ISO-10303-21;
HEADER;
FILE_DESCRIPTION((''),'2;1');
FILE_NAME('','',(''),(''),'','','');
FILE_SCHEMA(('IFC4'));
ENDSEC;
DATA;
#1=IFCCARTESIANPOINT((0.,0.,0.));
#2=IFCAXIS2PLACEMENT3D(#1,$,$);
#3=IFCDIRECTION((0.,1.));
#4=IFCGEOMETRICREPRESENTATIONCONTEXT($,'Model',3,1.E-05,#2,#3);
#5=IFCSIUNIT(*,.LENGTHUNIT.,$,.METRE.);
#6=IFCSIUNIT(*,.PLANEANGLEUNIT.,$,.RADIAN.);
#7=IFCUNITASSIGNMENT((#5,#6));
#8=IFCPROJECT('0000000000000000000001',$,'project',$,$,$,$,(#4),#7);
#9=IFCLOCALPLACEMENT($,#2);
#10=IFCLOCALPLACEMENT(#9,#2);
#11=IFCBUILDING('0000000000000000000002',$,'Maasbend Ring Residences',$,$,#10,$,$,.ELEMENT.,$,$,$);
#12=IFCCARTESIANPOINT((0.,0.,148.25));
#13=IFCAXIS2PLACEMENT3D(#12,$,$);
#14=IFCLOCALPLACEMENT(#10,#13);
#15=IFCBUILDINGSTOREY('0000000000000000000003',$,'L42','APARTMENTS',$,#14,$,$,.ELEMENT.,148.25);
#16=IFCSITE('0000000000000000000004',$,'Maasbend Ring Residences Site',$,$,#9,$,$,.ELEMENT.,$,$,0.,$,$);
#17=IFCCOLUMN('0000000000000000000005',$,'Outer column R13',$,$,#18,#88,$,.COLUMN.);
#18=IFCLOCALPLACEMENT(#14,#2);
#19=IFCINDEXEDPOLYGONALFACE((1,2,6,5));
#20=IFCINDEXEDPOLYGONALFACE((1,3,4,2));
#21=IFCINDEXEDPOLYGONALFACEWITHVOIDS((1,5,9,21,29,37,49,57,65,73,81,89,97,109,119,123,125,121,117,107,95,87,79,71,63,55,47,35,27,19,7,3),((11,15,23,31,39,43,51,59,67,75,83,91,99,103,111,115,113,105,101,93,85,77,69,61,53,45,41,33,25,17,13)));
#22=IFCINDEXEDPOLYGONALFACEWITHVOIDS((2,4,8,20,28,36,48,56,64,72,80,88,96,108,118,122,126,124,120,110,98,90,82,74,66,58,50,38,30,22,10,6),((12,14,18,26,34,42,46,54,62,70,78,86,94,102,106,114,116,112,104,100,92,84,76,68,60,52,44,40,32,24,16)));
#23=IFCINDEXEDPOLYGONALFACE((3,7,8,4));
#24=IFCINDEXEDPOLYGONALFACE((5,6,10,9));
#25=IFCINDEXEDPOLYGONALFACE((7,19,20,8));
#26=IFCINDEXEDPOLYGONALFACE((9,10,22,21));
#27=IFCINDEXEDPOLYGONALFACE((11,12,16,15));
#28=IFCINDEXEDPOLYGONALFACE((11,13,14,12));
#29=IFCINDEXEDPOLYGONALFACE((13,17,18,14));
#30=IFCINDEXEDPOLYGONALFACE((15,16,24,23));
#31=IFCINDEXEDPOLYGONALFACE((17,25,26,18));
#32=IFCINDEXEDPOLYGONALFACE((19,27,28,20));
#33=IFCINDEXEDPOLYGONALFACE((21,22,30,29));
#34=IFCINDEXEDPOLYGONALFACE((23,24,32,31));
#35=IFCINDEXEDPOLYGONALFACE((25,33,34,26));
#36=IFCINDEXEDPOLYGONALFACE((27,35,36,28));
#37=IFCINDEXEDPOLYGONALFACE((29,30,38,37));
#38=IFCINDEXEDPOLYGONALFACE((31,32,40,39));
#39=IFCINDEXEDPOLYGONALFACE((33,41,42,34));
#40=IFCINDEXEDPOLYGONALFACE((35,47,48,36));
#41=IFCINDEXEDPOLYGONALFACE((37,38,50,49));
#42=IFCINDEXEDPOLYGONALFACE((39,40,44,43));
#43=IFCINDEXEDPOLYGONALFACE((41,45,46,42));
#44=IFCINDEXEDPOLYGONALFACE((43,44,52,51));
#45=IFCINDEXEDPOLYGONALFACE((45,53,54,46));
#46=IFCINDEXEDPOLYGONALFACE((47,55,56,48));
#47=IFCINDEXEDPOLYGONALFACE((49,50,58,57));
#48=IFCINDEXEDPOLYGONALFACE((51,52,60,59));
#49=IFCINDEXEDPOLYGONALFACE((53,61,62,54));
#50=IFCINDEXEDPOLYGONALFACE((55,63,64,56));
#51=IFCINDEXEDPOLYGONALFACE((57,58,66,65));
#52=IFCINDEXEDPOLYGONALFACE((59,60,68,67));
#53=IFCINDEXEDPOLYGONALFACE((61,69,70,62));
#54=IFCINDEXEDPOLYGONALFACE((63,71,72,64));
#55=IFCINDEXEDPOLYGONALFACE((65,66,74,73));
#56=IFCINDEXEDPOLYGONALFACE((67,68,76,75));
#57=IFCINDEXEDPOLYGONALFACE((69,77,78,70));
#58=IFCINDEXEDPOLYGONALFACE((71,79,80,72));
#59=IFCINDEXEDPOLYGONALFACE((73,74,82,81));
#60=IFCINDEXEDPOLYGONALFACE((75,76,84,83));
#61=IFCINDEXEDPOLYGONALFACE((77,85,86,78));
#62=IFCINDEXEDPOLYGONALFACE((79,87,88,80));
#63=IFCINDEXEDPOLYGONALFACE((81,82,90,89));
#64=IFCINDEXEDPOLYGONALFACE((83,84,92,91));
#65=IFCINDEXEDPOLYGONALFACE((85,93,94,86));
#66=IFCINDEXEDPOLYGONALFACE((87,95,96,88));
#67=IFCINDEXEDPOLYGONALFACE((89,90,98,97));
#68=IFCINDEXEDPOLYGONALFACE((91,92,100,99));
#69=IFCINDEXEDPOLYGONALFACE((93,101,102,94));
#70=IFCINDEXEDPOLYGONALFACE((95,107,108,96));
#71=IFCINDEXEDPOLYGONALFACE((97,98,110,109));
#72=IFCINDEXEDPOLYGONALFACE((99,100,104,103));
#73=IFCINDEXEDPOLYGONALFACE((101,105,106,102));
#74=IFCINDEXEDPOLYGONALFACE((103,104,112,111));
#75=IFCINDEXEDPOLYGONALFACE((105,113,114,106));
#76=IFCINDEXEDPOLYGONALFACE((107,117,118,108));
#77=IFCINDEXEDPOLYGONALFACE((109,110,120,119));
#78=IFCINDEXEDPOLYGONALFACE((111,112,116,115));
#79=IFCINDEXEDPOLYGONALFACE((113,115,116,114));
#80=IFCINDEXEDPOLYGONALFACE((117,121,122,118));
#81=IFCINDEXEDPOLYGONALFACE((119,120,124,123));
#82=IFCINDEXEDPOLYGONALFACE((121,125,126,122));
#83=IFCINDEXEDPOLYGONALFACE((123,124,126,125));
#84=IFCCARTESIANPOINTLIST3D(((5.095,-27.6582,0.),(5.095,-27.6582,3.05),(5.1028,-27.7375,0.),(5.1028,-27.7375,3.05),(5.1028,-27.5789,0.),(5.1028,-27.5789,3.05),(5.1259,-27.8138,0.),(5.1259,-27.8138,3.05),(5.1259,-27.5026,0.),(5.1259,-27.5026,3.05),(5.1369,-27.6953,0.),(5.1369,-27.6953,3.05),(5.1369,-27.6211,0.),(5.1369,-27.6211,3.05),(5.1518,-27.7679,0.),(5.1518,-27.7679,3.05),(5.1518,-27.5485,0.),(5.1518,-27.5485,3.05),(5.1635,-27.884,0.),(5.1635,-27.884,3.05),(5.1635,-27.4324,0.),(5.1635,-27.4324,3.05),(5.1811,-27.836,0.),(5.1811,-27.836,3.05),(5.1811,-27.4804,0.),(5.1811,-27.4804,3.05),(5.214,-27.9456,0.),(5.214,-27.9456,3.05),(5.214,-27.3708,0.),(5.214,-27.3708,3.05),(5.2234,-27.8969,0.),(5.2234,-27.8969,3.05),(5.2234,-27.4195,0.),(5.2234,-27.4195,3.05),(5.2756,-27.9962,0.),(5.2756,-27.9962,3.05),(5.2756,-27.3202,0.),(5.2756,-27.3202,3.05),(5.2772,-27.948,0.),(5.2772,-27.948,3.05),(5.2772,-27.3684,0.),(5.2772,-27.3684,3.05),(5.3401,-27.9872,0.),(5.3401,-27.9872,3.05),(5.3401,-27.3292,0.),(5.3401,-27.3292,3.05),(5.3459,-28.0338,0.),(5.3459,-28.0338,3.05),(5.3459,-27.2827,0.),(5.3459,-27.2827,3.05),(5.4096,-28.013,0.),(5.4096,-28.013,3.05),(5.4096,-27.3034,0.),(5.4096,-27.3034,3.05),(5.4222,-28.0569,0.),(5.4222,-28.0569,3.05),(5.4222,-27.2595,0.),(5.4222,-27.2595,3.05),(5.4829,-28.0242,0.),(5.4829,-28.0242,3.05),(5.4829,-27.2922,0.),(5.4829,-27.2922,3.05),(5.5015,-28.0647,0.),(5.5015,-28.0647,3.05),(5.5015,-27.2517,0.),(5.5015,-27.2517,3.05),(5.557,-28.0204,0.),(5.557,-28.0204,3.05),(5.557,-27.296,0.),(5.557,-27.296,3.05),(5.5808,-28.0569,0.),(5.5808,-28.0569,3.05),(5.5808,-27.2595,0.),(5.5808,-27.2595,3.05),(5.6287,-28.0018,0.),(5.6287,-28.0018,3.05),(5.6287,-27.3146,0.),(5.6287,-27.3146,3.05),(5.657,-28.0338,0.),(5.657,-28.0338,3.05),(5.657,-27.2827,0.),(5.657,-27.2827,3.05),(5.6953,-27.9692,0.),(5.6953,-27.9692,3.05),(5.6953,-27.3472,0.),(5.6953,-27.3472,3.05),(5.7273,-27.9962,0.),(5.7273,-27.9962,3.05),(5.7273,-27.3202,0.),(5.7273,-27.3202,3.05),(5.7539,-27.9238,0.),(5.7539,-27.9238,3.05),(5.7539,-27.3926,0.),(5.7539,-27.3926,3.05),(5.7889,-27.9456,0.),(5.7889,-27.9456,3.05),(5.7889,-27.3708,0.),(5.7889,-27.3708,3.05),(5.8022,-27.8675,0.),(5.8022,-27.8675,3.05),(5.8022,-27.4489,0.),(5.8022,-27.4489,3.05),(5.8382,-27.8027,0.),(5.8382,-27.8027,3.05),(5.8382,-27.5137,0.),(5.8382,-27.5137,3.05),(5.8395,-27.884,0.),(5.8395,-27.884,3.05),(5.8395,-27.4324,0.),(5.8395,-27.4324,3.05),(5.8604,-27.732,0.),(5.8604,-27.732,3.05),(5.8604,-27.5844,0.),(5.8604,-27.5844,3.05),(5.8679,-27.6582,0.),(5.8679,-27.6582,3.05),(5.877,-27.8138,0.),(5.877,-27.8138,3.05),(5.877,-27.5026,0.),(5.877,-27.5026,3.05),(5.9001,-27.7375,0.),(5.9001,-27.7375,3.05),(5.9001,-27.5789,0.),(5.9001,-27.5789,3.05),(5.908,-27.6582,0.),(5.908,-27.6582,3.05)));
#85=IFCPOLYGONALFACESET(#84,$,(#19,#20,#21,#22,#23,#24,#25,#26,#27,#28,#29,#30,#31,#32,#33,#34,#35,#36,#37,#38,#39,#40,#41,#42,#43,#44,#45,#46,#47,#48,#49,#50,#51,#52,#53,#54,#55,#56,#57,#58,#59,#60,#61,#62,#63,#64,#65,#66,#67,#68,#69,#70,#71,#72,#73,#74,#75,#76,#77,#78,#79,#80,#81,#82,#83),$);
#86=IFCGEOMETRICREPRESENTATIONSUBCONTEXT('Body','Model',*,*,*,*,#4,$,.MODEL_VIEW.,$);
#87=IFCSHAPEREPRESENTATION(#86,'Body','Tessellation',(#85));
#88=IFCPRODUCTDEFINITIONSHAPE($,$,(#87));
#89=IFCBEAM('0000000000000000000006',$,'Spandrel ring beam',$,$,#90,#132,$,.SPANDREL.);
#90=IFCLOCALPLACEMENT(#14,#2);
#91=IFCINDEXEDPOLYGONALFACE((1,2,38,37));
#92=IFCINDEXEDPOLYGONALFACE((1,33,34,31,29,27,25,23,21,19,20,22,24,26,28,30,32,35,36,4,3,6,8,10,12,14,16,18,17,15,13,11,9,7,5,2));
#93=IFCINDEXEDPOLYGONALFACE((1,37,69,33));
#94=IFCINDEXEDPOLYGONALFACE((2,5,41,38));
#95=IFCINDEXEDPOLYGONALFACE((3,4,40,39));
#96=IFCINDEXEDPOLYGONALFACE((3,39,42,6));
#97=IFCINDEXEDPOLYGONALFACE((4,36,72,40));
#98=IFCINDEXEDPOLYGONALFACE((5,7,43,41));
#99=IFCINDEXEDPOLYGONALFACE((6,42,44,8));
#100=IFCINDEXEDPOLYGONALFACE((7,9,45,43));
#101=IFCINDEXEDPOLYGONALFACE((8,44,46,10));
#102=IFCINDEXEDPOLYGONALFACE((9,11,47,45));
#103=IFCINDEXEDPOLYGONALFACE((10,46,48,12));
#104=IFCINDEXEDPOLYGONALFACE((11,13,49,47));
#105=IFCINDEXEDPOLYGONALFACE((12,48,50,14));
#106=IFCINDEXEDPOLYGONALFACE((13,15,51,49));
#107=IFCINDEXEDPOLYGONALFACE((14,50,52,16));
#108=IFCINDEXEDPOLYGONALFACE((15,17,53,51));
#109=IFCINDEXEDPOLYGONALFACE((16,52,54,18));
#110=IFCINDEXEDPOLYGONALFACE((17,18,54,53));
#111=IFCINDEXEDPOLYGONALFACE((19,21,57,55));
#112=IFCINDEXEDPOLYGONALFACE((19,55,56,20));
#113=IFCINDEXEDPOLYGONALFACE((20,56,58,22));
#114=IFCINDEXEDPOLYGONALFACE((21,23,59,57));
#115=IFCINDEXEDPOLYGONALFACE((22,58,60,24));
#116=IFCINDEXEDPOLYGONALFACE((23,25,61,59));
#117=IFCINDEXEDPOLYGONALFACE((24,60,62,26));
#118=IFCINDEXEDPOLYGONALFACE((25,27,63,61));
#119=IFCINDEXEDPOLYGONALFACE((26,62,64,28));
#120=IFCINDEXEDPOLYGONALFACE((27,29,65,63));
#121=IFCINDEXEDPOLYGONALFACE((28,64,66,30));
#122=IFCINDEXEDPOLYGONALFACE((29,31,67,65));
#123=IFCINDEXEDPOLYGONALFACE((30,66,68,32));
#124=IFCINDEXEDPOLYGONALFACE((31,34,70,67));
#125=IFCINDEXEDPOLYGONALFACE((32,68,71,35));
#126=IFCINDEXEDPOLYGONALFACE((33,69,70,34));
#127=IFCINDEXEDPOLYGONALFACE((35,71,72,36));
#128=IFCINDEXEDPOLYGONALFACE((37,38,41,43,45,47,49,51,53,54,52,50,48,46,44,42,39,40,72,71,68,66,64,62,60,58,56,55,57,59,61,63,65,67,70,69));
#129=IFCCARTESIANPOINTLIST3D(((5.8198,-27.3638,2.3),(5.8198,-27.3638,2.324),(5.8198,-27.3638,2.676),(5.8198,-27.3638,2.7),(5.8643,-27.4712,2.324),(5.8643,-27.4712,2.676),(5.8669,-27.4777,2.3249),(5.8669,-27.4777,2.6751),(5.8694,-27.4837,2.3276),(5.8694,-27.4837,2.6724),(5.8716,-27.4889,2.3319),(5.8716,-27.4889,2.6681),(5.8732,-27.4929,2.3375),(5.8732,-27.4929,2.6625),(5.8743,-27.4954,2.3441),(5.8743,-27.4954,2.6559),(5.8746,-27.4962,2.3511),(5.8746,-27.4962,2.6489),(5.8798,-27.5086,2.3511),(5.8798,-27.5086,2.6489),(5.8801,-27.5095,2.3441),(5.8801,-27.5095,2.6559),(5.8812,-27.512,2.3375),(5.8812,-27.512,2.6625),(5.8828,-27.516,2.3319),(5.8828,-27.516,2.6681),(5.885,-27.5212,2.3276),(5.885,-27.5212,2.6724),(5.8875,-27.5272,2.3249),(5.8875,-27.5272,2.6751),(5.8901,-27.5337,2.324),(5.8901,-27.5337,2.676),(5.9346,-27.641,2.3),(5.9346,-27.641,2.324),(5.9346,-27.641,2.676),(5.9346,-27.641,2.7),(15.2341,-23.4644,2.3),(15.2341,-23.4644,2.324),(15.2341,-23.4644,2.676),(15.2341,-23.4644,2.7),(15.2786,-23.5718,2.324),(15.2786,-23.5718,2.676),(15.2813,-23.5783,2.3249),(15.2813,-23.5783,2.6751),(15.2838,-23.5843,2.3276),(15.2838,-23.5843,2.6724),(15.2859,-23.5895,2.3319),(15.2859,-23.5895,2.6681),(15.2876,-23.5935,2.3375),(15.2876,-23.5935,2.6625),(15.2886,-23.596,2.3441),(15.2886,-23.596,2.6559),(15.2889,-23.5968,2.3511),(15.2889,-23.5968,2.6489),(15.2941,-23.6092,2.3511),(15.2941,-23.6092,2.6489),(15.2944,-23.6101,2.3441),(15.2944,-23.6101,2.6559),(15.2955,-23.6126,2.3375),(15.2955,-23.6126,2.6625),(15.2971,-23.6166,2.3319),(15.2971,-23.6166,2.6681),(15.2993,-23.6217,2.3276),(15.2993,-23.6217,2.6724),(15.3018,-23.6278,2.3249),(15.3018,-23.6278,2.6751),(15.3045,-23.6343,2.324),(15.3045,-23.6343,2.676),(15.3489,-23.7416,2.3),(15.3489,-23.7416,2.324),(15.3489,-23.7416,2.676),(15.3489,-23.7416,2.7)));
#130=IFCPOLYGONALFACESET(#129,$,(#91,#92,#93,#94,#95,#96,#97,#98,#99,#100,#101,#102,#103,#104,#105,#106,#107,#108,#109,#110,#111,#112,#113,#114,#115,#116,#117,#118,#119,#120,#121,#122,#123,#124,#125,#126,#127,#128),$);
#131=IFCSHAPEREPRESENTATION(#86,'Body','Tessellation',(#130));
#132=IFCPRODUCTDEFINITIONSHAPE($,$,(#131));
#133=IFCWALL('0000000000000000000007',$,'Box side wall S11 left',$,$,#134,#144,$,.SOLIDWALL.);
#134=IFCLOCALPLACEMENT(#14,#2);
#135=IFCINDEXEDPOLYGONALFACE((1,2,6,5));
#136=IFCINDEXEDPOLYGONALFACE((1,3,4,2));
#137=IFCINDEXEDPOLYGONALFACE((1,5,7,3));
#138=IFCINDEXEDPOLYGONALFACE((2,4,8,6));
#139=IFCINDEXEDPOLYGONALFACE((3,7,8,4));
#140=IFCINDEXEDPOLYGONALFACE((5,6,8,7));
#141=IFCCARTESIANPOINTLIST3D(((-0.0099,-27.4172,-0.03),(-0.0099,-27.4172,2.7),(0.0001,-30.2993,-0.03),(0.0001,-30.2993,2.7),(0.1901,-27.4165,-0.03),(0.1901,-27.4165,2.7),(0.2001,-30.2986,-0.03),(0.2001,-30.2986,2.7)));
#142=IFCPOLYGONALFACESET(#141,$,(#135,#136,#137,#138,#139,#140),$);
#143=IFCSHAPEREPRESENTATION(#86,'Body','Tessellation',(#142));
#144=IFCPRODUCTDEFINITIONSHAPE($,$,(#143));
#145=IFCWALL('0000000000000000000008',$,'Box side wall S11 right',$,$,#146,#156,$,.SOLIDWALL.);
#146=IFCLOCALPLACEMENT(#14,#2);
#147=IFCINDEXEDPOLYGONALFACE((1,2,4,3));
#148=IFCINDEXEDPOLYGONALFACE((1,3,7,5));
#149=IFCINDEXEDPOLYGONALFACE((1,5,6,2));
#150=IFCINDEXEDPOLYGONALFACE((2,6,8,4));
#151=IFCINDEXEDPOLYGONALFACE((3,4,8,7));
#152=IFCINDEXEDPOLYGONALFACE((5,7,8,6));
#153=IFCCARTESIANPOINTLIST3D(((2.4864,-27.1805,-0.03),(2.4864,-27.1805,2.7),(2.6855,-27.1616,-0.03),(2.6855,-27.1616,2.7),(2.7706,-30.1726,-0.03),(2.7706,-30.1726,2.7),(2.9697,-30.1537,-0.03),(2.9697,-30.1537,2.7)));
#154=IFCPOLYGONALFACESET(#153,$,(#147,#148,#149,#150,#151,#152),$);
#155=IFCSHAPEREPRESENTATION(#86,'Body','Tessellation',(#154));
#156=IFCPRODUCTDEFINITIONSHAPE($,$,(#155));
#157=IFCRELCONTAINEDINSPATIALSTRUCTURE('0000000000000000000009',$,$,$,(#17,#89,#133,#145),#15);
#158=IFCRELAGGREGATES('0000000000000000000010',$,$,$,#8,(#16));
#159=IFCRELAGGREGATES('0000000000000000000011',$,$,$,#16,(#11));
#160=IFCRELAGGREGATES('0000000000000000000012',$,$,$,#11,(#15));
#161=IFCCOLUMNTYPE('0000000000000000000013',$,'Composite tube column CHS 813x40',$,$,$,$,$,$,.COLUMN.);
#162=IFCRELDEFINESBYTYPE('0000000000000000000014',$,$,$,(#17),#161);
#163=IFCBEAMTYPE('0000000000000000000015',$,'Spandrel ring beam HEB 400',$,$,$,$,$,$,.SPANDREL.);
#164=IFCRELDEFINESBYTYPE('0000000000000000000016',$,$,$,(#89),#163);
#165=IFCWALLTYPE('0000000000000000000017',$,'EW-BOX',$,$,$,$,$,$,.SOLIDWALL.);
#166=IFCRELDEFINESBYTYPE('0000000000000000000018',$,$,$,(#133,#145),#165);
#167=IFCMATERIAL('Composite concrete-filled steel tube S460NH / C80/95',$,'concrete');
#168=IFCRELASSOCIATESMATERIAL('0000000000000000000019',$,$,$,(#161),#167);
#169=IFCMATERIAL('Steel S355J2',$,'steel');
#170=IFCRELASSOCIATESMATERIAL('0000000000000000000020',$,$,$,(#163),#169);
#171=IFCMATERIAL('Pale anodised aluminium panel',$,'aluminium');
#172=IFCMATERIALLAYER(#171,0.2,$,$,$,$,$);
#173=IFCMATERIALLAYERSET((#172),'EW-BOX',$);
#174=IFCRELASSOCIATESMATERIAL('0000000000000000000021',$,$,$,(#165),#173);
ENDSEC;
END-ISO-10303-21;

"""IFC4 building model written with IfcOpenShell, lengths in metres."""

from ifc_helpers import new_model, si_unit, direction, frame, frame_2d, origin, origin_2d, place, context, subcontext, project, spatial, rectangle, hollow_circle, i_section, extrude, material, layer, layer_set, material_profile, profile_set, type_object, element, save


model = new_model("IFC4")

# Units and contexts
model_context = context("Model", 3, precision=1e-05, world=origin(), true_north=direction((0.0, 1.0)))
body_context = subcontext(model_context, "Body", "Model", "MODEL_VIEW")
ifc_project = project(units=[si_unit("LENGTHUNIT", "METRE"), si_unit("PLANEANGLEUNIT", "RADIAN")], contexts=[model_context])

# Site, building, storey
site_placement = place(None, origin())
site = spatial("IfcSite", under=ifc_project, at=site_placement, Name="Maasbend Ring Residences Site", CompositionType="ELEMENT", RefElevation=0.0)
building_placement = place(site_placement, origin())
building = spatial("IfcBuilding", under=site, at=building_placement, Name="Maasbend Ring Residences", CompositionType="ELEMENT")
storey_placement = place(building_placement, frame((0.0, 0.0, 148.25)))
storey = spatial("IfcBuildingStorey", under=building, at=storey_placement, Name="L42", Description="APARTMENTS", CompositionType="ELEMENT", Elevation=148.25)

# Column
ifc_material_1 = material(Name="Composite concrete-filled steel tube S460NH / C80/95", Category="concrete")
ifc_material_profile_1 = material_profile(ifc_material_1, hollow_circle(Radius=0.4065, WallThickness=0.04, at=origin_2d()), Name="Composite tube column CHS 813x40")
ifc_profile_set_1 = profile_set([ifc_material_profile_1], Name="Composite concrete-filled steel tube S460NH / C80/95")
column_type = type_object("IfcColumnType", Name="Composite tube column CHS 813x40", PredefinedType="COLUMN", material=ifc_profile_set_1)
column_placement = place(storey_placement, frame((5.5015, -27.6582, 0.0), z_axis=(0.0, 0.0, 1.0), x_axis=(1.0, 0.0, 0.0)))
element("IfcColumn", 1, at=column_placement, inside=storey, type_object=column_type, Name="Outer column R13", PredefinedType="COLUMN", context=body_context, shape_type="SweptSolid", body=[
    extrude(hollow_circle(Radius=0.4065, WallThickness=0.04, at=origin_2d()), origin(), (0.0, 0.0, 1.0), 3.05),
])

# Beam
ifc_material_2 = material(Name="Steel S355J2", Category="steel")
ifc_material_profile_2 = material_profile(ifc_material_2, i_section(OverallWidth=0.3, OverallDepth=0.3999, WebThickness=0.0134, FlangeThickness=0.0239, FilletRadius=0.0271, at=origin_2d()), Name="HEB 400")
ifc_profile_set_2 = profile_set([ifc_material_profile_2], Name="Steel S355J2")
beam_type = type_object("IfcBeamType", Name="Spandrel ring beam HEB 400", PredefinedType="SPANDREL", material=ifc_profile_set_2)
beam_placement = place(storey_placement, frame((5.8772, -27.5024, 2.5), z_axis=(0.923884, 0.382673, 0.0), x_axis=(-0.382673, 0.923884, 0.0)))
element("IfcBeam", 2, at=beam_placement, inside=storey, type_object=beam_type, Name="Spandrel ring beam", PredefinedType="SPANDREL", context=body_context, shape_type="SweptSolid", body=[
    extrude(i_section(OverallWidth=0.3, OverallDepth=0.3999, WebThickness=0.0134, FlangeThickness=0.0239, FilletRadius=0.0271, at=origin_2d()), origin(), (0.0, 0.0, 1.0), 10.1899),
])

# Walls
ifc_material_3 = material(Name="Pale anodised aluminium panel", Category="aluminium")
ifc_layer_1 = layer(ifc_material_3, 0.2)
ifc_layer_set_1 = layer_set([ifc_layer_1], Name="EW-BOX")
wall_type_1 = type_object("IfcWallType", Name="EW-BOX", PredefinedType="SOLIDWALL", material=ifc_layer_set_1)
wall_1_placement = place(storey_placement, frame((0.0901, -27.417, -0.03), z_axis=(0.0, 0.0, 1.0), x_axis=(0.003473, -0.999994, 0.0)))
element("IfcWall", 3, at=wall_1_placement, inside=storey, type_object=wall_type_1, Name="Box side wall S11 left", PredefinedType="SOLIDWALL", context=body_context, shape_type="SweptSolid", body=[
    extrude(rectangle(XDim=2.8821, YDim=0.2, at=frame_2d((1.4409, 0.0))), origin(), (0.0, 0.0, 1.0), 2.73),
])
wall_2_placement = place(storey_placement, frame((2.5859, -27.1709, -0.03), z_axis=(0.0, 0.0, 1.0), x_axis=(0.094548, -0.99552, 0.0)))
element("IfcWall", 4, at=wall_2_placement, inside=storey, type_object=wall_type_1, Name="Box side wall S11 right", PredefinedType="SOLIDWALL", context=body_context, shape_type="SweptSolid", body=[
    extrude(rectangle(XDim=3.0056, YDim=0.2, at=frame_2d((1.5029, 0.0))), origin(), (0.0, 0.0, 1.0), 2.73),
])

save(model, "model.ifc")
